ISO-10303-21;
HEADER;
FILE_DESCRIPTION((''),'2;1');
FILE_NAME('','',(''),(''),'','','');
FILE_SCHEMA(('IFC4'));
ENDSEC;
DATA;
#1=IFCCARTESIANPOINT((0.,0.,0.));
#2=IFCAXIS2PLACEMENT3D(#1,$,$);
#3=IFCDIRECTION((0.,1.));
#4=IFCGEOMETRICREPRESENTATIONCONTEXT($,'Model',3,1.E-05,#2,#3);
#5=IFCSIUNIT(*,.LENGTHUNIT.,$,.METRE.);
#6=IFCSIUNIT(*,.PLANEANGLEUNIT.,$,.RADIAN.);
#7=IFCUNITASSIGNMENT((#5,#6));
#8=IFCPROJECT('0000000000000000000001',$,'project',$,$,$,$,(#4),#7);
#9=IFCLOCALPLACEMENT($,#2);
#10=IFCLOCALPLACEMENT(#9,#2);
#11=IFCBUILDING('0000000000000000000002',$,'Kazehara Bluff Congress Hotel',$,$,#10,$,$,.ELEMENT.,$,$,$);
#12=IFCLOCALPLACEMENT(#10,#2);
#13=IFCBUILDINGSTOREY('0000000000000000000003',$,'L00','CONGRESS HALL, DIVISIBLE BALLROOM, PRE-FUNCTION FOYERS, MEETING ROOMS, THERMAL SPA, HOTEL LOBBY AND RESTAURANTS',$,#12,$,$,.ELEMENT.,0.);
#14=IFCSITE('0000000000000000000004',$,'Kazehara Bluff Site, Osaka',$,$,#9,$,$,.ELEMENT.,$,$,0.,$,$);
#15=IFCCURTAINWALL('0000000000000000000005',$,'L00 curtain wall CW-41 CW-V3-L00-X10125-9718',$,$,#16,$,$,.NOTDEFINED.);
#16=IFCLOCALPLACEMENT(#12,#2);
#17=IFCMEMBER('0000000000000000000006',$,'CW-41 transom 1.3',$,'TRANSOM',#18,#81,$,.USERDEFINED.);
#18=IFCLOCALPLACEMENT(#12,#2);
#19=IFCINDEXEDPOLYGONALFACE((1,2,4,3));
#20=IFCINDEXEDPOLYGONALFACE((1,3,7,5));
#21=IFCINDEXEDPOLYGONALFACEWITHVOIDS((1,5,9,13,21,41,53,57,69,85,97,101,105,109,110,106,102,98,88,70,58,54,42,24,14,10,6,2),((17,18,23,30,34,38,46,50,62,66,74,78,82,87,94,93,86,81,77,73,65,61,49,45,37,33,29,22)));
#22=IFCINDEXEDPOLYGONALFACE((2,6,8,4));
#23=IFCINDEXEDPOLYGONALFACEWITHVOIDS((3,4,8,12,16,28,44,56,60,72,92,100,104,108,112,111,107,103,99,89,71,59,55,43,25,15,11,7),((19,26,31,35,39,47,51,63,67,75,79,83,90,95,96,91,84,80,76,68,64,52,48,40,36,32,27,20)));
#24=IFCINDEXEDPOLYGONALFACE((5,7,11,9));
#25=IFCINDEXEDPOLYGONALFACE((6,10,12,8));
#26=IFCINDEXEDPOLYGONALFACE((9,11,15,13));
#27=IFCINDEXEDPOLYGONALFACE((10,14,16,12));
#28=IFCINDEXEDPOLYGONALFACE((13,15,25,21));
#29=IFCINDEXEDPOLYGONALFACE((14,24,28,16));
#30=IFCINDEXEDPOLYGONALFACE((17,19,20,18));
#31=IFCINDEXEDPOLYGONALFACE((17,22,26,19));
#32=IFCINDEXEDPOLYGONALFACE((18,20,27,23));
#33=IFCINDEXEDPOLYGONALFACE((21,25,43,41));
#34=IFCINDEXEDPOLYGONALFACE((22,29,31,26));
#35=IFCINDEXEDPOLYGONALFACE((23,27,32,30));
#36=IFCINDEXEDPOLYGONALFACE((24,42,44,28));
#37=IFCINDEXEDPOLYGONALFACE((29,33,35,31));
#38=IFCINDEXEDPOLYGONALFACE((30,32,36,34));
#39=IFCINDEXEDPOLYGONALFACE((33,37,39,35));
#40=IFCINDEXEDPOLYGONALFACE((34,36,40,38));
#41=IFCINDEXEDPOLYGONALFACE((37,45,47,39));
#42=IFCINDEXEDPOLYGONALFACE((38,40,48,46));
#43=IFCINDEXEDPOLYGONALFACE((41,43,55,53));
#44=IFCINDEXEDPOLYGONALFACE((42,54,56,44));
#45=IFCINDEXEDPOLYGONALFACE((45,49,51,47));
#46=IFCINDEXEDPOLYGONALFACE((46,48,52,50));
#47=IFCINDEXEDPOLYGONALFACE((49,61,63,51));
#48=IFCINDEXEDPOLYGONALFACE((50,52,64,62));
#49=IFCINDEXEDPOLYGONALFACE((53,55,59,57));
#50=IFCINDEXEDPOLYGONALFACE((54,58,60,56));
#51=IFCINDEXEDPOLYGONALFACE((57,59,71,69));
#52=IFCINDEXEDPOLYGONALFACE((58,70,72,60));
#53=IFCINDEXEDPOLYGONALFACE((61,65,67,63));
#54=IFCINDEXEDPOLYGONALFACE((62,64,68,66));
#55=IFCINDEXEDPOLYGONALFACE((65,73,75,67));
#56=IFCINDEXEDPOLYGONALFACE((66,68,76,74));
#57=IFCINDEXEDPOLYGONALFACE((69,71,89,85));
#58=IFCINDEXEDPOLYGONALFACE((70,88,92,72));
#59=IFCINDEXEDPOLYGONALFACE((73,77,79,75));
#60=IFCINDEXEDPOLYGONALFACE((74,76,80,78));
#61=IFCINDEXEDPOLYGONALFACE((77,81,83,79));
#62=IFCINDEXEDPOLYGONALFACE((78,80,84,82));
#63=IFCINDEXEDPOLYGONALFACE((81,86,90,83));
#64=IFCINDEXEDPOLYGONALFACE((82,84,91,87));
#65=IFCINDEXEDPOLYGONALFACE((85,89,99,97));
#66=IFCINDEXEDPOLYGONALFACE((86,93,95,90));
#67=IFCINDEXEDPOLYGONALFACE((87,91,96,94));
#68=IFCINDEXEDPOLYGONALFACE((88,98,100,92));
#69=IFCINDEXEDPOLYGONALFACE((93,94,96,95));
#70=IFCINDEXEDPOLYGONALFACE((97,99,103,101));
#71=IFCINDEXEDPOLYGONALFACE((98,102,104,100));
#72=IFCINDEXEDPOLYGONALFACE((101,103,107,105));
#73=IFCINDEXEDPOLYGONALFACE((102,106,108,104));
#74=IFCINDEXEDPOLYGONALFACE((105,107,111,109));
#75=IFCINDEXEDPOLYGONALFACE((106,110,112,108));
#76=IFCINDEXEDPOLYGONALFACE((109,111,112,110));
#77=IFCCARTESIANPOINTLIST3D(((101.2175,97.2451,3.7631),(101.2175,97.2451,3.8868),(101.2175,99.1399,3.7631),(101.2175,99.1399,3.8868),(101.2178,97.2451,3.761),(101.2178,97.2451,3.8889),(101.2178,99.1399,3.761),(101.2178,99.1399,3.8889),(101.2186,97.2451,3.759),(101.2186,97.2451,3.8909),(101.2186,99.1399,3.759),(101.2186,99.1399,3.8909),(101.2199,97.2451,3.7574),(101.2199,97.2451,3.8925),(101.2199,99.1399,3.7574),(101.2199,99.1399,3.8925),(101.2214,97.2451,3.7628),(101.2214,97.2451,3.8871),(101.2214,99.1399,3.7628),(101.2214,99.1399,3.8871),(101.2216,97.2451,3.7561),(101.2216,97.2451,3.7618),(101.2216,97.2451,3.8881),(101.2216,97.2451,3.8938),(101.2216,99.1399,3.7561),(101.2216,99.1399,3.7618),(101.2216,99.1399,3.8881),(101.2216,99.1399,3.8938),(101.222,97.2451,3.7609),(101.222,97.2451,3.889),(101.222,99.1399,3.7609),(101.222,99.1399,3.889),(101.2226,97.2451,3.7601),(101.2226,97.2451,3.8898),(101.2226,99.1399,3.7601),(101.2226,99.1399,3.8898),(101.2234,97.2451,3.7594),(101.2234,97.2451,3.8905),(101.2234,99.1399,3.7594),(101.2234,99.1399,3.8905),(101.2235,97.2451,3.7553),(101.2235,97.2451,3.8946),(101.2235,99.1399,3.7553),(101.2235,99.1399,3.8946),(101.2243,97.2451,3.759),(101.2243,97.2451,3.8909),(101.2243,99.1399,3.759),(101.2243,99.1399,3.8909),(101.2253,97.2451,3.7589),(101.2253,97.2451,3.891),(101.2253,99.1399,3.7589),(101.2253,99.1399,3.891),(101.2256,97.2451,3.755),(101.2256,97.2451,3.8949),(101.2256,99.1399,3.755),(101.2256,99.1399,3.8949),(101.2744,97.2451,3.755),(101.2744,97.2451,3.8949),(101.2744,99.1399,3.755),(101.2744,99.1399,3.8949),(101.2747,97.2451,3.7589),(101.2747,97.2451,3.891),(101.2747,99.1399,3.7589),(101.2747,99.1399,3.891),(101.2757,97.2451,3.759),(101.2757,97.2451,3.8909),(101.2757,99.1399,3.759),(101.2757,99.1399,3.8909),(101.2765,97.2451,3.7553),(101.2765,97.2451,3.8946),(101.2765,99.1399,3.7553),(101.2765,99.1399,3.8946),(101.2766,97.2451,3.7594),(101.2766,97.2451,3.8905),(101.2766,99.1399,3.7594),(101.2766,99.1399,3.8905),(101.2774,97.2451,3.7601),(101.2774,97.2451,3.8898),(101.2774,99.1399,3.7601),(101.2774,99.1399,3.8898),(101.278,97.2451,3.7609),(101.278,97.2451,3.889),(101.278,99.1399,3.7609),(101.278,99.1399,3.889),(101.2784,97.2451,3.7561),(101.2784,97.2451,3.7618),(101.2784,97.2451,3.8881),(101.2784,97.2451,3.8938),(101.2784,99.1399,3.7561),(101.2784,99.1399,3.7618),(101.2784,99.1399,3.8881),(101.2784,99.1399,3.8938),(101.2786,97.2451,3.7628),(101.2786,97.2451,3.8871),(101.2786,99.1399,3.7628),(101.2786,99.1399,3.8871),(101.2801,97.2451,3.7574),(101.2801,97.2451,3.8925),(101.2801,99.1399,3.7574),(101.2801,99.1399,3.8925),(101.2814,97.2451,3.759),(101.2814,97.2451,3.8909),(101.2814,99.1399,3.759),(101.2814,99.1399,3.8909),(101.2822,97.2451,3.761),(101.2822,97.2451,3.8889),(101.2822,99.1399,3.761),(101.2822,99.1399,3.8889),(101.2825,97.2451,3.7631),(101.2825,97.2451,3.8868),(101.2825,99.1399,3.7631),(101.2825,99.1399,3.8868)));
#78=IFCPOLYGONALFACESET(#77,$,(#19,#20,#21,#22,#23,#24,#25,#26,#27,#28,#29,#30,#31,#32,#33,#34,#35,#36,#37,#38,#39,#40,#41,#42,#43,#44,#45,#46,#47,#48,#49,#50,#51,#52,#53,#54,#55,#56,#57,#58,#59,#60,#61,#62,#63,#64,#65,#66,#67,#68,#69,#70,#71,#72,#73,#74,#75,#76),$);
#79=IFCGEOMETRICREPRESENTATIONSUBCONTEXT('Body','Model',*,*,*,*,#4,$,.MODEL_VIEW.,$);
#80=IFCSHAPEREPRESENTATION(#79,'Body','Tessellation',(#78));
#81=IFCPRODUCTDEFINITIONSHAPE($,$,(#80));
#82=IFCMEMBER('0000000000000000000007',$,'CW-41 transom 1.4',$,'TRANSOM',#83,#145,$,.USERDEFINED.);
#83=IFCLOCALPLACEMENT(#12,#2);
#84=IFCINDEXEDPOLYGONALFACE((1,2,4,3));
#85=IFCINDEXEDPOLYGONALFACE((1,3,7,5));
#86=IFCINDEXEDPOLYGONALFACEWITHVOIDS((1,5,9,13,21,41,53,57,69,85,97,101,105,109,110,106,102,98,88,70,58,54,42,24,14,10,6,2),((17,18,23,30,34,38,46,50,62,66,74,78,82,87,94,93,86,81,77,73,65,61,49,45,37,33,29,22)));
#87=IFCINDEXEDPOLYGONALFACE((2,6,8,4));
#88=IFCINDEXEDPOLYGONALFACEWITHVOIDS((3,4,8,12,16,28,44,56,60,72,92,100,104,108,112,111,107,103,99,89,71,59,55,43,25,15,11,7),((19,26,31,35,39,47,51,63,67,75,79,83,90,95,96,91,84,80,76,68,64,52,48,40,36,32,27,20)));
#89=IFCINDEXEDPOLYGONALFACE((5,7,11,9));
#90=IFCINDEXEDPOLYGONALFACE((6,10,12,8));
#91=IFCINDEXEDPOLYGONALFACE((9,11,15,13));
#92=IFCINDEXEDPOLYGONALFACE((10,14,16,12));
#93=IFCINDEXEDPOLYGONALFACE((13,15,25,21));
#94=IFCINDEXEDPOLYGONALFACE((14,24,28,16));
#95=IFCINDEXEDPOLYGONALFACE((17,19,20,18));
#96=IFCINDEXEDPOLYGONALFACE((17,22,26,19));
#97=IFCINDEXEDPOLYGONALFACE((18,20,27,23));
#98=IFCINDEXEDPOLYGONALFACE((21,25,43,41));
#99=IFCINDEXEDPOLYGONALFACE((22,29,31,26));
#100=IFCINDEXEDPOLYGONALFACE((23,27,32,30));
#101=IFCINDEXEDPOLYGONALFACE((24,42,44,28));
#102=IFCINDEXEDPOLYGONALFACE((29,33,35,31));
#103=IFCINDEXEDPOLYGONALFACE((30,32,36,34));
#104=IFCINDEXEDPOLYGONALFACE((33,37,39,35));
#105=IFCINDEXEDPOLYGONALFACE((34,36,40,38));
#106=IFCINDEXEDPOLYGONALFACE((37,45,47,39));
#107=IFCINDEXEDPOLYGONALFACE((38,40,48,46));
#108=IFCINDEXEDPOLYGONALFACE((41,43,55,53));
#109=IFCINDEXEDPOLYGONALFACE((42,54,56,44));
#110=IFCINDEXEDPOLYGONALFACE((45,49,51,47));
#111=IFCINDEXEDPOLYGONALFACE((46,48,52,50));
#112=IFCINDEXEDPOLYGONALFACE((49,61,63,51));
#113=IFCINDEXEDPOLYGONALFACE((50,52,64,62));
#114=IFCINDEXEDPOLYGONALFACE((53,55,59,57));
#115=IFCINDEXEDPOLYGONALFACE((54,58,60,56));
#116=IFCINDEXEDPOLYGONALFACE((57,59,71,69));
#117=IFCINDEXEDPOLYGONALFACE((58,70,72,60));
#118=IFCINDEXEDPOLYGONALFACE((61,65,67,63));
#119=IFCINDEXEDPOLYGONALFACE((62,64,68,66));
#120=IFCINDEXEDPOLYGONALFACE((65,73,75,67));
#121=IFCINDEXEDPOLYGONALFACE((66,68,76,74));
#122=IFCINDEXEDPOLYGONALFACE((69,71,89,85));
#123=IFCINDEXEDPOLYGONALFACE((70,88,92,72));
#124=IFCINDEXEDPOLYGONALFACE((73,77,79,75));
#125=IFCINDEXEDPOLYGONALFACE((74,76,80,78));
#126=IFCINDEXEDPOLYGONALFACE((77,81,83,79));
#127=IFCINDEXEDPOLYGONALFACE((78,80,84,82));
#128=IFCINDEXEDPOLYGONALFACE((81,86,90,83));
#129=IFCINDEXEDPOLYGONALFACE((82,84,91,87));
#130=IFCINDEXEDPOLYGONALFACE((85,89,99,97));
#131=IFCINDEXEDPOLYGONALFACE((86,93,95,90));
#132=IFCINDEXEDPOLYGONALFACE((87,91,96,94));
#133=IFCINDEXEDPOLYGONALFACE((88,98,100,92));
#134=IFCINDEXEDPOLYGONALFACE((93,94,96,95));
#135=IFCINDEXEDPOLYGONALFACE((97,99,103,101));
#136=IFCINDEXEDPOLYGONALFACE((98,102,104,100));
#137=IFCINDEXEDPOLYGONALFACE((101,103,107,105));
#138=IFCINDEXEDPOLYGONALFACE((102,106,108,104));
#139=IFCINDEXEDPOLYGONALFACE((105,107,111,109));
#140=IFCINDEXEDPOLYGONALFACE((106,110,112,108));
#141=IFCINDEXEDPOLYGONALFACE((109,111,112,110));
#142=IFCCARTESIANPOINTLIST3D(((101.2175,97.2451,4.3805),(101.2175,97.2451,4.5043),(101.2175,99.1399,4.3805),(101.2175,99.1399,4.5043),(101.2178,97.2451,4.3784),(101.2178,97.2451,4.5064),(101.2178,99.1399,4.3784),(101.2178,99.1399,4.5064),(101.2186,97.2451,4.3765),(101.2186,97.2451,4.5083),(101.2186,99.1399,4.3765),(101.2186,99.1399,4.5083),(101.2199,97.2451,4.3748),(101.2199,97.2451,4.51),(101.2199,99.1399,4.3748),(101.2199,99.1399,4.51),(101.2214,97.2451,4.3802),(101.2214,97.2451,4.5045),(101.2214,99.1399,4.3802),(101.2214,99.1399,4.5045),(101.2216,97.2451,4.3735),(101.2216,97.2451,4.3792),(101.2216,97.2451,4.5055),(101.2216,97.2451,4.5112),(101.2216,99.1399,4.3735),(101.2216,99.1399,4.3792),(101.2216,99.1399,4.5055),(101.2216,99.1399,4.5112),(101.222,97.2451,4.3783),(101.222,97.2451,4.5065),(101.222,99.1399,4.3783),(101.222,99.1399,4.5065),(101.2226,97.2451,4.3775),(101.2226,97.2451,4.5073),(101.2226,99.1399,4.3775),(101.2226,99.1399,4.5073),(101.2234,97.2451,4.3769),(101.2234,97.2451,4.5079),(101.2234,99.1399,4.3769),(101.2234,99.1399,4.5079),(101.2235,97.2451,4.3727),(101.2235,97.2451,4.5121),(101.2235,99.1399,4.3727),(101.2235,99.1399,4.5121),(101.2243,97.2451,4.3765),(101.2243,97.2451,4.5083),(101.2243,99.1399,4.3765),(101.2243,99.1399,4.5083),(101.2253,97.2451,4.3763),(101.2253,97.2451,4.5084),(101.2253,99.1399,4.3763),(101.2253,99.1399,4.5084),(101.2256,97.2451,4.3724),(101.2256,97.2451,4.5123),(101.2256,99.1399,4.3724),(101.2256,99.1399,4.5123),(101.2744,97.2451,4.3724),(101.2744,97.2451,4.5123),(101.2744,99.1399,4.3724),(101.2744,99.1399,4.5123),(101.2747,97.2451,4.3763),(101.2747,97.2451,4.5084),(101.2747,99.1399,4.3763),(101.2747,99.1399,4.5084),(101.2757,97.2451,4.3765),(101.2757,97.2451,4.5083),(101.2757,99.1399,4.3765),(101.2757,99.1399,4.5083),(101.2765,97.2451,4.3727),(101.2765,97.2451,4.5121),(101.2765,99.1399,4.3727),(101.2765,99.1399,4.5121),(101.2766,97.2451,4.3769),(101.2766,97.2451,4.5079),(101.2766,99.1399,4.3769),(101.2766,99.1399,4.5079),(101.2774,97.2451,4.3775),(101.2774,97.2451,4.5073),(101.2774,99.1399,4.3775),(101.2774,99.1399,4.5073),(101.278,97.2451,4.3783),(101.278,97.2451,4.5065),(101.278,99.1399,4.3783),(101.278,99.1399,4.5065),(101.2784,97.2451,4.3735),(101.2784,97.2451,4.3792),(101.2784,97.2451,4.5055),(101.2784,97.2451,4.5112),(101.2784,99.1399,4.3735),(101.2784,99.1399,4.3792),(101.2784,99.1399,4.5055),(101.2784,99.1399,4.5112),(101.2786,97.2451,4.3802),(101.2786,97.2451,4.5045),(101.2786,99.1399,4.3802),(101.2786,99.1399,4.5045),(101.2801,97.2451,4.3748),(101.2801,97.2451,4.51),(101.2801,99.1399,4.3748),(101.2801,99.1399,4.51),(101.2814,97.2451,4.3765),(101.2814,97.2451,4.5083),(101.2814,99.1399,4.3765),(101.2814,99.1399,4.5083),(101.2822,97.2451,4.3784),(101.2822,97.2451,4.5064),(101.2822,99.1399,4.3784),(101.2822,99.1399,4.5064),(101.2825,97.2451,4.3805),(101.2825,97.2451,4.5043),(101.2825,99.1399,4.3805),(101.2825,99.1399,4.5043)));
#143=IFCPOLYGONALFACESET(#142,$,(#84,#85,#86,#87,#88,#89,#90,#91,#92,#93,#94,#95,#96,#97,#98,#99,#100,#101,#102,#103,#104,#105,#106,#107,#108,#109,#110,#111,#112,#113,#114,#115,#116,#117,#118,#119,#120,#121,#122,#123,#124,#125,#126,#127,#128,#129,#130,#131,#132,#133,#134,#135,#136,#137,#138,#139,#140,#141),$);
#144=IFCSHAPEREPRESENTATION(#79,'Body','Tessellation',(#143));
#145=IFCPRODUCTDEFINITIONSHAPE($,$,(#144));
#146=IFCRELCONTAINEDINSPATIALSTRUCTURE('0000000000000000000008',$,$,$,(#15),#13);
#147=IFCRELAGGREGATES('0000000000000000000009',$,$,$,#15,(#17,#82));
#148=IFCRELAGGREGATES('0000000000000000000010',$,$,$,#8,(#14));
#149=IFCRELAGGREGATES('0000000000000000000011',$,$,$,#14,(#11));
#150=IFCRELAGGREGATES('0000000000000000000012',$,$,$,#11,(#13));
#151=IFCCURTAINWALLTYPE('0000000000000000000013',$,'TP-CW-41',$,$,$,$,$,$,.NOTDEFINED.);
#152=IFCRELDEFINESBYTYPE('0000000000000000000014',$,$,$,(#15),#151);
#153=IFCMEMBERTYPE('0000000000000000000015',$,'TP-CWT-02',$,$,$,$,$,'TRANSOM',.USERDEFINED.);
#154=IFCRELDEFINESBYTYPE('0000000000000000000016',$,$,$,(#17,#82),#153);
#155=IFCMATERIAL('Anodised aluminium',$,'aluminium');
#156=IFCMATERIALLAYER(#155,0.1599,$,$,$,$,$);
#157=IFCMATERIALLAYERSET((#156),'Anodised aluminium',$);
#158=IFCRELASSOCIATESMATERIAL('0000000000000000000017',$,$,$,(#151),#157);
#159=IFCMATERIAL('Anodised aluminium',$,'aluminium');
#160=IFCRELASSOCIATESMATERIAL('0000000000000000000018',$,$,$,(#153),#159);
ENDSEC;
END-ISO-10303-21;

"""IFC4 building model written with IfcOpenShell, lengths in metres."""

from ifc_helpers import new_model, si_unit, direction, frame, origin, origin_2d, place, context, subcontext, project, spatial, hollow_rectangle, extrude, material, layer, layer_set, material_profile, profile_set, type_object, element, aggregate, save


model = new_model("IFC4")

# Units and contexts
model_context = context("Model", 3, precision=1e-05, world=origin(), true_north=direction((0.0, 1.0)))
body_context = subcontext(model_context, "Body", "Model", "MODEL_VIEW")
ifc_project = project(units=[si_unit("LENGTHUNIT", "METRE"), si_unit("PLANEANGLEUNIT", "RADIAN")], contexts=[model_context])

# Site, building, storey
site_placement = place(None, origin())
site = spatial("IfcSite", under=ifc_project, at=site_placement, Name="Kazehara Bluff Site, Osaka", CompositionType="ELEMENT", RefElevation=0.0)
building_placement = place(site_placement, origin())
building = spatial("IfcBuilding", under=site, at=building_placement, Name="Kazehara Bluff Congress Hotel", CompositionType="ELEMENT")
storey_placement = place(building_placement, origin())
storey = spatial("IfcBuildingStorey", under=building, at=storey_placement, Name="L00", Description="CONGRESS HALL, DIVISIBLE BALLROOM, PRE-FUNCTION FOYERS, MEETING ROOMS, THERMAL SPA, HOTEL LOBBY AND RESTAURANTS", CompositionType="ELEMENT", Elevation=0.0)

# Curtain wall
ifc_material_1 = material(Name="Anodised aluminium", Category="aluminium")
ifc_layer_1 = layer(ifc_material_1, 0.1599)
ifc_layer_set_1 = layer_set([ifc_layer_1], Name="Anodised aluminium")
curtain_wall_type_1 = type_object("IfcCurtainWallType", Name="TP-CW-41", PredefinedType="NOTDEFINED", material=ifc_layer_set_1)
curtain_wall_1_placement = place(storey_placement, origin())
curtain_wall_1 = element("IfcCurtainWall", 1, at=curtain_wall_1_placement, inside=storey, type_object=curtain_wall_type_1, Name="L00 curtain wall CW-41 CW-V3-L00-X10125-9718", PredefinedType="NOTDEFINED")

# Members
ifc_material_2 = material(Name="Anodised aluminium", Category="aluminium")
ifc_material_profile_1 = material_profile(ifc_material_2, hollow_rectangle(XDim=0.0649, YDim=0.1399, WallThickness=0.0039, InnerFilletRadius=0.0039, OuterFilletRadius=0.0081, at=origin_2d()))
ifc_profile_set_1 = profile_set([ifc_material_profile_1], Name="Anodised aluminium")
member_type_1 = type_object("IfcMemberType", Name="TP-CWT-02", ElementType="TRANSOM", PredefinedType="USERDEFINED", material=ifc_profile_set_1)
member_1_placement = place(storey_placement, frame((101.25, 97.2451, 3.825), z_axis=(0.0, 1.0, 0.0), x_axis=(-1.0, 0.0, 0.0)))
member_1 = element("IfcMember", 2, at=member_1_placement, type_object=member_type_1, Name="CW-41 transom 1.3", ObjectType="TRANSOM", PredefinedType="USERDEFINED", context=body_context, shape_type="SweptSolid", body=[
    extrude(hollow_rectangle(XDim=0.0649, YDim=0.1399, WallThickness=0.0039, InnerFilletRadius=0.0039, OuterFilletRadius=0.0081, at=origin_2d()), origin(), (0.0, 0.0, 1.0), 1.8948),
])
member_2_placement = place(storey_placement, frame((101.25, 97.2451, 4.4424), z_axis=(0.0, 1.0, 0.0), x_axis=(-1.0, 0.0, 0.0)))
member_2 = element("IfcMember", 3, at=member_2_placement, type_object=member_type_1, Name="CW-41 transom 1.4", ObjectType="TRANSOM", PredefinedType="USERDEFINED", context=body_context, shape_type="SweptSolid", body=[
    extrude(hollow_rectangle(XDim=0.0649, YDim=0.1399, WallThickness=0.0039, InnerFilletRadius=0.0039, OuterFilletRadius=0.0081, at=origin_2d()), origin(), (0.0, 0.0, 1.0), 1.8948),
])

aggregate(curtain_wall_1, [member_1, member_2])

save(model, "model.ifc")
